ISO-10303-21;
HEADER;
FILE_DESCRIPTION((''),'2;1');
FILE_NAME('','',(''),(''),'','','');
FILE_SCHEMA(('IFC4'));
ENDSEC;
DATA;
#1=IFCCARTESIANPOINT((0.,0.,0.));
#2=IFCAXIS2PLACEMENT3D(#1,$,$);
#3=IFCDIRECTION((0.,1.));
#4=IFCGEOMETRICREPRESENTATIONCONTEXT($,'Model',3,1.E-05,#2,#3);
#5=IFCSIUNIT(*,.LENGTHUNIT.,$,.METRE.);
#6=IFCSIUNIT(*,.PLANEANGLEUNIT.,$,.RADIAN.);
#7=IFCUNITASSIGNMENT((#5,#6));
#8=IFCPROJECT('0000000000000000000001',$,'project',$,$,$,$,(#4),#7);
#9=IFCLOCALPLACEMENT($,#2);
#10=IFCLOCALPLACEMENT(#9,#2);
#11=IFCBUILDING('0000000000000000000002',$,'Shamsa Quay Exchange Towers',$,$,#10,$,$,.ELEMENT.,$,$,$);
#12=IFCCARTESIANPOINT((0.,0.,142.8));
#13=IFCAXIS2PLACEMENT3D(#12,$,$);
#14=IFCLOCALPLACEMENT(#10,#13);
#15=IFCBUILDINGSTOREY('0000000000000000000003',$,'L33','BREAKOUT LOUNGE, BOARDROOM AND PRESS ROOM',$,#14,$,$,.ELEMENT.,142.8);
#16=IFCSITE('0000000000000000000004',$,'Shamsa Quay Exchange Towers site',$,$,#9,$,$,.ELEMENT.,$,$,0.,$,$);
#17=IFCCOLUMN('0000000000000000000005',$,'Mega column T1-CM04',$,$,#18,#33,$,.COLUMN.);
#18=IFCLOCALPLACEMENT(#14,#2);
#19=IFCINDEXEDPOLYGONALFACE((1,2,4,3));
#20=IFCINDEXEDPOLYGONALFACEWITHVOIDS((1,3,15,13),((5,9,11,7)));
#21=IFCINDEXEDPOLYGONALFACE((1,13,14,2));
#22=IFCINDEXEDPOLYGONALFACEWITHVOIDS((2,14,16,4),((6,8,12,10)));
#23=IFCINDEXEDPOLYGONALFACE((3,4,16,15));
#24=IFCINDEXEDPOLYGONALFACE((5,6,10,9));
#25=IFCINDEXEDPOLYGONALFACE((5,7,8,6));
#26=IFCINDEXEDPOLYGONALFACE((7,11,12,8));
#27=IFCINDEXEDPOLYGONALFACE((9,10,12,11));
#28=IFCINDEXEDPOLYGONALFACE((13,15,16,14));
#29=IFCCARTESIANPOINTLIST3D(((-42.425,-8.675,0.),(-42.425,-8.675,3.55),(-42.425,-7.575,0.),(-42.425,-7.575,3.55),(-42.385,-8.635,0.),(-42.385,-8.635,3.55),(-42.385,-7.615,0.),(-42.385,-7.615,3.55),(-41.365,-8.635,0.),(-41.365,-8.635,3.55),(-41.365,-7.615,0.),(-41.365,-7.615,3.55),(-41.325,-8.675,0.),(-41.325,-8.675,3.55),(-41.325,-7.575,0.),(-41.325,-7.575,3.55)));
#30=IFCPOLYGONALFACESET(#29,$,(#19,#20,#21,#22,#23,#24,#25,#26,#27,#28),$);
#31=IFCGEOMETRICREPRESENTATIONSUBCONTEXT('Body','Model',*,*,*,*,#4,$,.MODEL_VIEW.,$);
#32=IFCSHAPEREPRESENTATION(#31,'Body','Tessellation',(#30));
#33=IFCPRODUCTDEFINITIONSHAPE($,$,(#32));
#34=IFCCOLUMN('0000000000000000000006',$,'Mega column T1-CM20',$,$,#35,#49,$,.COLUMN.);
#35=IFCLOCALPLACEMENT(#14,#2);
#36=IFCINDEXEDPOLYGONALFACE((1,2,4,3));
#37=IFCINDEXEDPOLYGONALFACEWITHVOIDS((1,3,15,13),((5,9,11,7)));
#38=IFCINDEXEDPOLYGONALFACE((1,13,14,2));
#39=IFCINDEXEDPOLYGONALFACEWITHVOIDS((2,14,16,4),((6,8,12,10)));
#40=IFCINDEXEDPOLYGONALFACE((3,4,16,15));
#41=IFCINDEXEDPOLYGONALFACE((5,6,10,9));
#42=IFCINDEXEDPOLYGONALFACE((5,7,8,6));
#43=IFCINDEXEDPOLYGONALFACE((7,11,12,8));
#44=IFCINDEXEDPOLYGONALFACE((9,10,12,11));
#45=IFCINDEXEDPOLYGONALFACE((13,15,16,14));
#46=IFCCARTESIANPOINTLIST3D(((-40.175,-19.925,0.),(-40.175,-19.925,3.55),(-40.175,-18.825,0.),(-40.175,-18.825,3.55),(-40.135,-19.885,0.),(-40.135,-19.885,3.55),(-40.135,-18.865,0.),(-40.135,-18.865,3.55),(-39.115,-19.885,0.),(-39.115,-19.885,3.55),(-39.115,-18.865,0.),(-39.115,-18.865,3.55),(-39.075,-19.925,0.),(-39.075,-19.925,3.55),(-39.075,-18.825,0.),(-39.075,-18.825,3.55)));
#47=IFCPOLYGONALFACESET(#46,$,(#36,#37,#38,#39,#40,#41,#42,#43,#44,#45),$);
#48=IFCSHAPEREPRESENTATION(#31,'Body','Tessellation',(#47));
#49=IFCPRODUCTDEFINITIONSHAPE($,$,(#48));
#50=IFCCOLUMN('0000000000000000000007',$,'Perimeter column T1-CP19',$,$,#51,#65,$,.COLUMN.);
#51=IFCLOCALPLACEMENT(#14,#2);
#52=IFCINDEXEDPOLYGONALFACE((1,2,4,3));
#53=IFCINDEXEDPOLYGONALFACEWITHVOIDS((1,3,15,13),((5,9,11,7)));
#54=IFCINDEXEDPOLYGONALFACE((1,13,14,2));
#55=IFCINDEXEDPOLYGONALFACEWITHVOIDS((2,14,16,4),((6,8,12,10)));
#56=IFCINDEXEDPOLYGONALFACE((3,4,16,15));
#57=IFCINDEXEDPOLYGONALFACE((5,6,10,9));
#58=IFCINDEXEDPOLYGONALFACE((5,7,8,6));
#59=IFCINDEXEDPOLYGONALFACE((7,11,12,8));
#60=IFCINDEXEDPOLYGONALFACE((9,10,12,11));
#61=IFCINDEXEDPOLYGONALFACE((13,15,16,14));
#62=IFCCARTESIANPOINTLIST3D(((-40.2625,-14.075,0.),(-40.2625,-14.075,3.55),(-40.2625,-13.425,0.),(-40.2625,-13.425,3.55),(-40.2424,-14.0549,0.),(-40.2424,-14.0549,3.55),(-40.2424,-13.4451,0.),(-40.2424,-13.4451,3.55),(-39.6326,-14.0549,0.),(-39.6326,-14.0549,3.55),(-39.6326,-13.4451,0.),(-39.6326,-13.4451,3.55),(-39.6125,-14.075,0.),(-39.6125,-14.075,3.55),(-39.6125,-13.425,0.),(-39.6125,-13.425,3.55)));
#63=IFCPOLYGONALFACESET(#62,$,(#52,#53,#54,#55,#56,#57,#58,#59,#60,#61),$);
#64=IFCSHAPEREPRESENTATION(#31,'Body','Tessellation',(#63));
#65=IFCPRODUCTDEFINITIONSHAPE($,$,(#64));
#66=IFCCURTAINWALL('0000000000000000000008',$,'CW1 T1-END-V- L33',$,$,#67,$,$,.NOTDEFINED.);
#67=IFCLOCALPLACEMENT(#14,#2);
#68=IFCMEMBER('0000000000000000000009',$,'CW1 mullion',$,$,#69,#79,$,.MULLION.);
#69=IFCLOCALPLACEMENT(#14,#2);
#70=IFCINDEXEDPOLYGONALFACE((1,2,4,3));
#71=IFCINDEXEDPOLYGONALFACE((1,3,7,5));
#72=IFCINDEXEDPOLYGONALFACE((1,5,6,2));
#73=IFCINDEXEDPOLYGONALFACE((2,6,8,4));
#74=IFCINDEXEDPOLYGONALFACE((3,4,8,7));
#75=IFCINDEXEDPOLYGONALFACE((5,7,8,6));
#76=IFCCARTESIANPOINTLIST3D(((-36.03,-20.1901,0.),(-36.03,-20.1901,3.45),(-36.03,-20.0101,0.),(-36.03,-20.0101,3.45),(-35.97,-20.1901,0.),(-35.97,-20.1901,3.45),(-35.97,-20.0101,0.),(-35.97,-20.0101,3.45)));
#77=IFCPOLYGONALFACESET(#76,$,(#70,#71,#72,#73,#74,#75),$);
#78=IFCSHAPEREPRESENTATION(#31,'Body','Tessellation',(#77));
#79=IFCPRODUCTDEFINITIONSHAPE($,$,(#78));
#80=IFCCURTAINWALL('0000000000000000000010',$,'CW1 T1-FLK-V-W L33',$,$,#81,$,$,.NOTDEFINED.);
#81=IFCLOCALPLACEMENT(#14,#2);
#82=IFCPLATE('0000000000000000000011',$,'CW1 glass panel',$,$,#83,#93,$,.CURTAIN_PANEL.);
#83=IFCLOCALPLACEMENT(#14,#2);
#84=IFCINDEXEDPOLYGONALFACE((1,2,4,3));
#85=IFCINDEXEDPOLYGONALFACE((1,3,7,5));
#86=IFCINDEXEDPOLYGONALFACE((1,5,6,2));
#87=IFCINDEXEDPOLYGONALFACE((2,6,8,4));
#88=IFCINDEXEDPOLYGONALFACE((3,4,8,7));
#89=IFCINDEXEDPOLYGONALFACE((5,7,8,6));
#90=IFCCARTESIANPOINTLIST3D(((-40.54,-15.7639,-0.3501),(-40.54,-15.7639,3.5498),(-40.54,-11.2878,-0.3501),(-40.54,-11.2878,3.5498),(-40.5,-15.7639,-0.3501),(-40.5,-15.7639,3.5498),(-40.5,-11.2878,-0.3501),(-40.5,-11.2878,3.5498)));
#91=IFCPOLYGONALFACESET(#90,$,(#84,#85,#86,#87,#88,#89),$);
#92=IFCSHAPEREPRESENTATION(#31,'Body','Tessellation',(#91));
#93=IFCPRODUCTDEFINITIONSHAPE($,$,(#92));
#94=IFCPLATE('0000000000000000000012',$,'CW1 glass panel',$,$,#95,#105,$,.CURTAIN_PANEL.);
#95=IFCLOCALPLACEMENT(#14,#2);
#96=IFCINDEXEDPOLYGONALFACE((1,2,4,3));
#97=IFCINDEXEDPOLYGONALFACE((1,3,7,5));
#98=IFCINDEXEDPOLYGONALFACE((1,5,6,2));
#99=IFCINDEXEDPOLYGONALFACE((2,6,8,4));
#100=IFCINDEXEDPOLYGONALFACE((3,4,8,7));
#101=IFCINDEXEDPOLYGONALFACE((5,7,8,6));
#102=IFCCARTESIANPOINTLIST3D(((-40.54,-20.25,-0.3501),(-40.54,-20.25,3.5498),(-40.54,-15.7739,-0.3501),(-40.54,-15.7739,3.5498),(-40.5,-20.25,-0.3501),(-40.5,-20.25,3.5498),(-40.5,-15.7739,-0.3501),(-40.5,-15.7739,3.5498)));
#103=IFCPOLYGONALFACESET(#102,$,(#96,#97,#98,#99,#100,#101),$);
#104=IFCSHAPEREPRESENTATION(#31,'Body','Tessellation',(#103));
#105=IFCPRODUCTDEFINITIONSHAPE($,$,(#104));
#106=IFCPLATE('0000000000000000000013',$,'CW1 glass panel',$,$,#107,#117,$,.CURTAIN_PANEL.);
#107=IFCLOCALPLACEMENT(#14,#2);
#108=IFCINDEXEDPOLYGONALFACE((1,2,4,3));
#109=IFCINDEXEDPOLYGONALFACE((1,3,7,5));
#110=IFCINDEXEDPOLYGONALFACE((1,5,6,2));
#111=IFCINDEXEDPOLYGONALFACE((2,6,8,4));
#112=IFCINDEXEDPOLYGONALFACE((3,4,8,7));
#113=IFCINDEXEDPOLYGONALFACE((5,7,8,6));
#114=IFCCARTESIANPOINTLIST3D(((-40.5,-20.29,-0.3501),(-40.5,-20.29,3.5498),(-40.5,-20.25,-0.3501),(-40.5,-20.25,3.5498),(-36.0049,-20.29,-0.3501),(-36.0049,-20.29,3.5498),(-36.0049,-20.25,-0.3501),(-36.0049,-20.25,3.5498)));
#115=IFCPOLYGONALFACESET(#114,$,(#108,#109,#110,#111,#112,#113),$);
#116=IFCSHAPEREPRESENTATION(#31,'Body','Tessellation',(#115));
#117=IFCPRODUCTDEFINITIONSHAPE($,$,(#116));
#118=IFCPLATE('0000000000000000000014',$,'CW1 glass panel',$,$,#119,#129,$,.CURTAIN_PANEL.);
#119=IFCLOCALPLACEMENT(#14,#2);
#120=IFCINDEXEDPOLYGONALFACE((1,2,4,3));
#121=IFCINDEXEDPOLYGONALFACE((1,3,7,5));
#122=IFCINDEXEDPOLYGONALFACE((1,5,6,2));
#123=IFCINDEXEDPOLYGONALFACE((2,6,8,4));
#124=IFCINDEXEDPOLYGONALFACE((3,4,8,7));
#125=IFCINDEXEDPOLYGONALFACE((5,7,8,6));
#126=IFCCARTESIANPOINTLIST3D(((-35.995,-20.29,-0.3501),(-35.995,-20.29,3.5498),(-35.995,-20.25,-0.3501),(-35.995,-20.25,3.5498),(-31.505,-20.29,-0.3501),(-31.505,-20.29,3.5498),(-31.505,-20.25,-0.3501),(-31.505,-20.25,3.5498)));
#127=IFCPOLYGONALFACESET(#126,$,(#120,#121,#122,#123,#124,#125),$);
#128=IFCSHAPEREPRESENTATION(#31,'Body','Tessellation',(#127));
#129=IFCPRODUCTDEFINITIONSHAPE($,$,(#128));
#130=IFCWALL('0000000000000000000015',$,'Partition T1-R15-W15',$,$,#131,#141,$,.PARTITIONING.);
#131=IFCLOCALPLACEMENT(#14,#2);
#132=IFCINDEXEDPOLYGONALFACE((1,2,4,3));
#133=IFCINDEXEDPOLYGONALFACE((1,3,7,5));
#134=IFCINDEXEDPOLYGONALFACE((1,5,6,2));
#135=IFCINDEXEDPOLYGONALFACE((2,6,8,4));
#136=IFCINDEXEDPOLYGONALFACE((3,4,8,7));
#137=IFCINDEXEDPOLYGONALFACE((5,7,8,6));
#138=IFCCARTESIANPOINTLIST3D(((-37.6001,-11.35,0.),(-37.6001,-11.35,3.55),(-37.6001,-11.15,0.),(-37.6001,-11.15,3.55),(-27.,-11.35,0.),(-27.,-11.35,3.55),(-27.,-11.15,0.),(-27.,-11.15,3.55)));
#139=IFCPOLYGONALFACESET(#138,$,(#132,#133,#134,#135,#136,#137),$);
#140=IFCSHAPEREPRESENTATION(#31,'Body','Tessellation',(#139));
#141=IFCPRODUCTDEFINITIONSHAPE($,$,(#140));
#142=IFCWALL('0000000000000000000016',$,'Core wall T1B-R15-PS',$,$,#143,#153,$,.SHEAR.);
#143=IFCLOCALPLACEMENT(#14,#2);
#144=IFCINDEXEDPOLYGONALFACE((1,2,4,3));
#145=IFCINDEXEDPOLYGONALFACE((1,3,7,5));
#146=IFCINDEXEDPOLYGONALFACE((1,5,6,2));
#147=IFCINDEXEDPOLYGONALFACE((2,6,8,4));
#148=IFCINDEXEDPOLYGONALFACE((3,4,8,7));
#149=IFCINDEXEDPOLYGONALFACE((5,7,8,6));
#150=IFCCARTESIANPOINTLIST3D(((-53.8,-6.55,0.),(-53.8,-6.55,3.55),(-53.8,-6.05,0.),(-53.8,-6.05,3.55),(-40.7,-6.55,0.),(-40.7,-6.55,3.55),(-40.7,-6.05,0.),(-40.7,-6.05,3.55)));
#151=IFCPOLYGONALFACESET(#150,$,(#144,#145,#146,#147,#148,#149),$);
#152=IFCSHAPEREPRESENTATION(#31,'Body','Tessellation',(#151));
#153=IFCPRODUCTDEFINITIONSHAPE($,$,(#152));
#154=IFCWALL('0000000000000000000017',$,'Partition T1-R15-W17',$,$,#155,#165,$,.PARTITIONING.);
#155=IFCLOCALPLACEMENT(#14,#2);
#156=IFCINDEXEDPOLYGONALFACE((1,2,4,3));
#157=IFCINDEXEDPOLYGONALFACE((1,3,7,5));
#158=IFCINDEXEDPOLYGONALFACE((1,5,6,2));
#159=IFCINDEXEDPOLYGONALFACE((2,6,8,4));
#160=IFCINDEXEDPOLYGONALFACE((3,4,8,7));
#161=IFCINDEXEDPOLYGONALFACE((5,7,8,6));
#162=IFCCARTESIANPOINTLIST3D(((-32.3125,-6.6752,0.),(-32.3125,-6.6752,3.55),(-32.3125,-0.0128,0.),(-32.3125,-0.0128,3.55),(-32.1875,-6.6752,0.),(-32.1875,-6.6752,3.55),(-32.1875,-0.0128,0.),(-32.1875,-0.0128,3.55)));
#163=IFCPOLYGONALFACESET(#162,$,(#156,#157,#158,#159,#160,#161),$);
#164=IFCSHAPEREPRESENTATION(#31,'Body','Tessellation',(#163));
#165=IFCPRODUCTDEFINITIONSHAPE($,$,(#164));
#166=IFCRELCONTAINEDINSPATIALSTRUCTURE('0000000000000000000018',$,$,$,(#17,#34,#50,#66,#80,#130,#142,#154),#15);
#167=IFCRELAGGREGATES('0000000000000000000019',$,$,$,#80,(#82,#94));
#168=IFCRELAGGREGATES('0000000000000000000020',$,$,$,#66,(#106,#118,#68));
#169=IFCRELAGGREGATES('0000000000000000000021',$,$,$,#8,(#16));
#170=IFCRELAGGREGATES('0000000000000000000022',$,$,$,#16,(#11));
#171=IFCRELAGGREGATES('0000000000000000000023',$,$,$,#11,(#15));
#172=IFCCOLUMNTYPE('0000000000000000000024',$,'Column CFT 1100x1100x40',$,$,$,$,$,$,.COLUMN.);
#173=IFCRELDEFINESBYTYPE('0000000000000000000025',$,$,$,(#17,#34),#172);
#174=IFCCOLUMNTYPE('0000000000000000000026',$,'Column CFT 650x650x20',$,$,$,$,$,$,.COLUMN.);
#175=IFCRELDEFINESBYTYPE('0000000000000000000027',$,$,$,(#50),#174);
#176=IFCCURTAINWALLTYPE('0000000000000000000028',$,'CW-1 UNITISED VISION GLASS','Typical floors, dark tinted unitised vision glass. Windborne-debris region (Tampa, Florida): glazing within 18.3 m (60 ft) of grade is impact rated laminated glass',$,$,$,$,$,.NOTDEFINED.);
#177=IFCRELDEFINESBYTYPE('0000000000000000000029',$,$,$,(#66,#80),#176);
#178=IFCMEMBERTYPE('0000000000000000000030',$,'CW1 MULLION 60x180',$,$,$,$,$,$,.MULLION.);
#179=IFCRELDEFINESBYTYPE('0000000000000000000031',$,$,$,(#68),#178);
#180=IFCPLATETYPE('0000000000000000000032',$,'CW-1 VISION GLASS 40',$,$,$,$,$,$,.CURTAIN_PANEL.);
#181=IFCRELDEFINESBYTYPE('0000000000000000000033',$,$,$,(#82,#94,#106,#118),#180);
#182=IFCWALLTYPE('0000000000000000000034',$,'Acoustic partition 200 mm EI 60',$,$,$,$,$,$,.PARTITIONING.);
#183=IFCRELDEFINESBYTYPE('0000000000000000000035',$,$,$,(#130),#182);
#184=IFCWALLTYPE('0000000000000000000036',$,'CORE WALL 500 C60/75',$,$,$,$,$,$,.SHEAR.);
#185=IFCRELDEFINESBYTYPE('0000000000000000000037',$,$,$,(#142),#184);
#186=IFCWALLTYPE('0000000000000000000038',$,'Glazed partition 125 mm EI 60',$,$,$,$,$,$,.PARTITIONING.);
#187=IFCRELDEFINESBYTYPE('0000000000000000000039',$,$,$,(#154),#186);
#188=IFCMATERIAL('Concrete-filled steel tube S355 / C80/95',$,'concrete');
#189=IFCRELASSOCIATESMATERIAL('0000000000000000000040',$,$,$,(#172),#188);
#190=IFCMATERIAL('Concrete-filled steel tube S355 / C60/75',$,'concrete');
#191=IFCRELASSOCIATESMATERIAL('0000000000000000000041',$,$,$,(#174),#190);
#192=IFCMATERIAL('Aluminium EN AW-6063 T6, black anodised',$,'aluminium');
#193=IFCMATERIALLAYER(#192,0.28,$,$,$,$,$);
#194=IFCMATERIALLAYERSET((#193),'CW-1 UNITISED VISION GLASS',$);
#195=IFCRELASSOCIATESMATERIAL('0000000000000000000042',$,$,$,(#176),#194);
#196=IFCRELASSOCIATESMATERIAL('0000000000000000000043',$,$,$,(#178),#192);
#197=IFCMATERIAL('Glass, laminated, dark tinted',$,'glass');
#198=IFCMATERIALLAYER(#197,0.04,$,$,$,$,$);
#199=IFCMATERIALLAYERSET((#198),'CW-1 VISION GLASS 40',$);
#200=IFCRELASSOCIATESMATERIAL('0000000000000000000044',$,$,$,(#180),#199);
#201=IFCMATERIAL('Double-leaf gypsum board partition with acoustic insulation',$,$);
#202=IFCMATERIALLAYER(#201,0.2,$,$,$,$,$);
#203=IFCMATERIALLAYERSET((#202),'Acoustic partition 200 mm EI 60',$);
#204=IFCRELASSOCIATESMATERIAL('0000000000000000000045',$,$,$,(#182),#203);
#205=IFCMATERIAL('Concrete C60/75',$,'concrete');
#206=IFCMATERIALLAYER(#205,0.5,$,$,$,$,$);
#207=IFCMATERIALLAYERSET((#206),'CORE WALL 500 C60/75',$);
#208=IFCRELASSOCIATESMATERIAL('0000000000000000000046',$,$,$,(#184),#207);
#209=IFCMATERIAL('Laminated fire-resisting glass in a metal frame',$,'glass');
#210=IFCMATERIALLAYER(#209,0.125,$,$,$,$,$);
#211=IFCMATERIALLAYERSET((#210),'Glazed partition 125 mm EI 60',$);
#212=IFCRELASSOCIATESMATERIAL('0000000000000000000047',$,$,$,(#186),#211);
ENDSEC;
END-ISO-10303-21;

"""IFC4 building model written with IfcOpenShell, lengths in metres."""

from ifc_helpers import new_model, si_unit, direction, frame, frame_2d, origin, origin_2d, place, context, subcontext, project, spatial, rectangle, hollow_rectangle, extrude, material, layer, layer_set, material_profile, profile_set, type_object, element, aggregate, save


model = new_model("IFC4")

# Units and contexts
model_context = context("Model", 3, precision=1e-05, world=origin(), true_north=direction((0.0, 1.0)))
body_context = subcontext(model_context, "Body", "Model", "MODEL_VIEW")
ifc_project = project(units=[si_unit("LENGTHUNIT", "METRE"), si_unit("PLANEANGLEUNIT", "RADIAN")], contexts=[model_context])

# Site, building, storey
site_placement = place(None, origin())
site = spatial("IfcSite", under=ifc_project, at=site_placement, Name="Shamsa Quay Exchange Towers site", CompositionType="ELEMENT", RefElevation=0.0)
building_placement = place(site_placement, origin())
building = spatial("IfcBuilding", under=site, at=building_placement, Name="Shamsa Quay Exchange Towers", CompositionType="ELEMENT")
storey_placement = place(building_placement, frame((0.0, 0.0, 142.8)))
storey = spatial("IfcBuildingStorey", under=building, at=storey_placement, Name="L33", Description="BREAKOUT LOUNGE, BOARDROOM AND PRESS ROOM", CompositionType="ELEMENT", Elevation=142.8)

# Columns
ifc_material_1 = material(Name="Concrete-filled steel tube S355 / C80/95", Category="concrete")
ifc_material_profile_1 = material_profile(ifc_material_1, hollow_rectangle(XDim=1.1001, YDim=1.1001, WallThickness=0.04, at=origin_2d()), Name="CFT 1100x1100x40")
ifc_profile_set_1 = profile_set([ifc_material_profile_1], Name="Concrete-filled steel tube S355 / C80/95")
column_type_1 = type_object("IfcColumnType", Name="Column CFT 1100x1100x40", PredefinedType="COLUMN", material=ifc_profile_set_1)
for number, where, name in (
    (1, (-41.875, -8.125, 0.0), "Mega column T1-CM04"),
    (2, (-39.625, -19.375, 0.0), "Mega column T1-CM20"),
):
    element("IfcColumn", number, at=place(storey_placement, frame(where)), inside=storey, type_object=column_type_1, Name=name, PredefinedType="COLUMN", context=body_context, shape_type="SweptSolid", body=[
        extrude(hollow_rectangle(XDim=1.1001, YDim=1.1001, WallThickness=0.04, at=origin_2d()), origin(), (0.0, 0.0, 1.0), 3.55),
    ])
ifc_material_2 = material(Name="Concrete-filled steel tube S355 / C60/75", Category="concrete")
ifc_material_profile_2 = material_profile(ifc_material_2, hollow_rectangle(XDim=0.6499, YDim=0.6499, WallThickness=0.02, at=origin_2d()), Name="CFT 650x650x20")
ifc_profile_set_2 = profile_set([ifc_material_profile_2], Name="Concrete-filled steel tube S355 / C60/75")
column_type_2 = type_object("IfcColumnType", Name="Column CFT 650x650x20", PredefinedType="COLUMN", material=ifc_profile_set_2)
column_placement = place(storey_placement, frame((-39.9375, -13.75, 0.0)))
element("IfcColumn", 3, at=column_placement, inside=storey, type_object=column_type_2, Name="Perimeter column T1-CP19", PredefinedType="COLUMN", context=body_context, shape_type="SweptSolid", body=[
    extrude(hollow_rectangle(XDim=0.6499, YDim=0.6499, WallThickness=0.02, at=origin_2d()), origin(), (0.0, 0.0, 1.0), 3.55),
])

# Curtain wall, member
ifc_material_3 = material(Name="Aluminium EN AW-6063 T6, black anodised", Category="aluminium")
ifc_layer_1 = layer(ifc_material_3, 0.28)
ifc_layer_set_1 = layer_set([ifc_layer_1], Name="CW-1 UNITISED VISION GLASS")
curtain_wall_type = type_object("IfcCurtainWallType", Name="CW-1 UNITISED VISION GLASS", Description="Typical floors, dark tinted unitised vision glass. Windborne-debris region (Tampa, Florida): glazing within 18.3 m (60 ft) of grade is impact rated laminated glass", PredefinedType="NOTDEFINED", material=ifc_layer_set_1)
curtain_wall_1_placement = place(storey_placement, origin())
curtain_wall_1 = element("IfcCurtainWall", 4, at=curtain_wall_1_placement, inside=storey, type_object=curtain_wall_type, Name="CW1 T1-END-V- L33", PredefinedType="NOTDEFINED")
ifc_material_profile_3 = material_profile(ifc_material_3, rectangle(XDim=0.1799, YDim=0.0601, at=origin_2d()), Name="MU60x180")
ifc_profile_set_3 = profile_set([ifc_material_profile_3], Name="Aluminium EN AW-6063 T6, black anodised")
member_type = type_object("IfcMemberType", Name="CW1 MULLION 60x180", PredefinedType="MULLION", material=ifc_profile_set_3)
member_placement = place(storey_placement, frame((-36.0, -20.1001, 0.0), z_axis=(0.0, 0.0, 1.0), x_axis=(0.0, 1.0, 0.0)))
member = element("IfcMember", 5, at=member_placement, type_object=member_type, Name="CW1 mullion", PredefinedType="MULLION", context=body_context, shape_type="SweptSolid", body=[
    extrude(rectangle(XDim=0.1799, YDim=0.0601, at=origin_2d()), origin(), (0.0, 0.0, 1.0), 3.45),
])

# Curtain wall, plates
curtain_wall_2_placement = place(storey_placement, origin())
curtain_wall_2 = element("IfcCurtainWall", 6, at=curtain_wall_2_placement, inside=storey, type_object=curtain_wall_type, Name="CW1 T1-FLK-V-W L33", PredefinedType="NOTDEFINED")
ifc_material_4 = material(Name="Glass, laminated, dark tinted", Category="glass")
ifc_layer_2 = layer(ifc_material_4, 0.04)
ifc_layer_set_2 = layer_set([ifc_layer_2], Name="CW-1 VISION GLASS 40")
plate_type = type_object("IfcPlateType", Name="CW-1 VISION GLASS 40", PredefinedType="CURTAIN_PANEL", material=ifc_layer_set_2)
plate_1_placement = place(storey_placement, frame((-40.52, -13.5259, -0.3501), z_axis=(0.0, 0.0, 1.0), x_axis=(0.0, -1.0, 0.0)))
plate_1 = element("IfcPlate", 7, at=plate_1_placement, type_object=plate_type, Name="CW1 glass panel", PredefinedType="CURTAIN_PANEL", context=body_context, shape_type="SweptSolid", body=[
    extrude(rectangle(XDim=4.4761, YDim=0.04, at=origin_2d()), origin(), (0.0, 0.0, 1.0), 3.8999),
])
plate_2_placement = place(storey_placement, frame((-40.52, -18.012, -0.3501), z_axis=(0.0, 0.0, 1.0), x_axis=(0.0, -1.0, 0.0)))
plate_2 = element("IfcPlate", 8, at=plate_2_placement, type_object=plate_type, Name="CW1 glass panel", PredefinedType="CURTAIN_PANEL", context=body_context, shape_type="SweptSolid", body=[
    extrude(rectangle(XDim=4.4761, YDim=0.04, at=origin_2d()), origin(), (0.0, 0.0, 1.0), 3.8999),
])
aggregate(curtain_wall_2, [plate_1, plate_2])

# Plates
plate_3_placement = place(storey_placement, frame((-38.2524, -20.27, -0.3501)))
plate_3 = element("IfcPlate", 9, at=plate_3_placement, type_object=plate_type, Name="CW1 glass panel", PredefinedType="CURTAIN_PANEL", context=body_context, shape_type="SweptSolid", body=[
    extrude(rectangle(XDim=4.4951, YDim=0.04, at=origin_2d()), origin(), (0.0, 0.0, 1.0), 3.8999),
])
plate_4_placement = place(storey_placement, frame((-33.75, -20.27, -0.3501)))
plate_4 = element("IfcPlate", 10, at=plate_4_placement, type_object=plate_type, Name="CW1 glass panel", PredefinedType="CURTAIN_PANEL", context=body_context, shape_type="SweptSolid", body=[
    extrude(rectangle(XDim=4.49, YDim=0.04, at=origin_2d()), origin(), (0.0, 0.0, 1.0), 3.8999),
])
aggregate(curtain_wall_1, [plate_3, plate_4, member])

# Shared definitions
ifc_material_5 = material(Name="Double-leaf gypsum board partition with acoustic insulation")
ifc_layer_3 = layer(ifc_material_5, 0.2)
ifc_layer_set_3 = layer_set([ifc_layer_3], Name="Acoustic partition 200 mm EI 60")
wall_type_1 = type_object("IfcWallType", Name="Acoustic partition 200 mm EI 60", PredefinedType="PARTITIONING", material=ifc_layer_set_3)

# Wall
wall_1_placement = place(storey_placement, frame((-37.6001, -11.25, 0.0)))
element("IfcWall", 11, at=wall_1_placement, inside=storey, type_object=wall_type_1, Name="Partition T1-R15-W15", PredefinedType="PARTITIONING", context=body_context, shape_type="SweptSolid", body=[
    extrude(rectangle(XDim=10.6001, YDim=0.2, at=frame_2d((5.3, 0.0))), origin(), (0.0, 0.0, 1.0), 3.55),
])

# Wall
ifc_material_6 = material(Name="Concrete C60/75", Category="concrete")
ifc_layer_4 = layer(ifc_material_6, 0.5)
ifc_layer_set_4 = layer_set([ifc_layer_4], Name="CORE WALL 500 C60/75")
wall_type_2 = type_object("IfcWallType", Name="CORE WALL 500 C60/75", PredefinedType="SHEAR", material=ifc_layer_set_4)
wall_2_placement = place(storey_placement, frame((-40.7, -6.3, 0.0), z_axis=(0.0, 0.0, 1.0), x_axis=(-1.0, 0.0, 0.0)))
element("IfcWall", 12, at=wall_2_placement, inside=storey, type_object=wall_type_2, Name="Core wall T1B-R15-PS", PredefinedType="SHEAR", context=body_context, shape_type="SweptSolid", body=[
    extrude(rectangle(XDim=13.1001, YDim=0.5, at=frame_2d((6.55, 0.0))), origin(), (0.0, 0.0, 1.0), 3.55),
])

# Wall
ifc_material_7 = material(Name="Laminated fire-resisting glass in a metal frame", Category="glass")
ifc_layer_5 = layer(ifc_material_7, 0.125)
ifc_layer_set_5 = layer_set([ifc_layer_5], Name="Glazed partition 125 mm EI 60")
wall_type_3 = type_object("IfcWallType", Name="Glazed partition 125 mm EI 60", PredefinedType="PARTITIONING", material=ifc_layer_set_5)
wall_3_placement = place(storey_placement, frame((-32.25, -6.675, 0.0), z_axis=(0.0, 0.0, 1.0), x_axis=(0.0, 1.0, 0.0)))
element("IfcWall", 13, at=wall_3_placement, inside=storey, type_object=wall_type_3, Name="Partition T1-R15-W17", PredefinedType="PARTITIONING", context=body_context, shape_type="SweptSolid", body=[
    extrude(rectangle(XDim=6.6624, YDim=0.125, at=frame_2d((3.3311, 0.0))), origin(), (0.0, 0.0, 1.0), 3.55),
])

save(model, "model.ifc")
